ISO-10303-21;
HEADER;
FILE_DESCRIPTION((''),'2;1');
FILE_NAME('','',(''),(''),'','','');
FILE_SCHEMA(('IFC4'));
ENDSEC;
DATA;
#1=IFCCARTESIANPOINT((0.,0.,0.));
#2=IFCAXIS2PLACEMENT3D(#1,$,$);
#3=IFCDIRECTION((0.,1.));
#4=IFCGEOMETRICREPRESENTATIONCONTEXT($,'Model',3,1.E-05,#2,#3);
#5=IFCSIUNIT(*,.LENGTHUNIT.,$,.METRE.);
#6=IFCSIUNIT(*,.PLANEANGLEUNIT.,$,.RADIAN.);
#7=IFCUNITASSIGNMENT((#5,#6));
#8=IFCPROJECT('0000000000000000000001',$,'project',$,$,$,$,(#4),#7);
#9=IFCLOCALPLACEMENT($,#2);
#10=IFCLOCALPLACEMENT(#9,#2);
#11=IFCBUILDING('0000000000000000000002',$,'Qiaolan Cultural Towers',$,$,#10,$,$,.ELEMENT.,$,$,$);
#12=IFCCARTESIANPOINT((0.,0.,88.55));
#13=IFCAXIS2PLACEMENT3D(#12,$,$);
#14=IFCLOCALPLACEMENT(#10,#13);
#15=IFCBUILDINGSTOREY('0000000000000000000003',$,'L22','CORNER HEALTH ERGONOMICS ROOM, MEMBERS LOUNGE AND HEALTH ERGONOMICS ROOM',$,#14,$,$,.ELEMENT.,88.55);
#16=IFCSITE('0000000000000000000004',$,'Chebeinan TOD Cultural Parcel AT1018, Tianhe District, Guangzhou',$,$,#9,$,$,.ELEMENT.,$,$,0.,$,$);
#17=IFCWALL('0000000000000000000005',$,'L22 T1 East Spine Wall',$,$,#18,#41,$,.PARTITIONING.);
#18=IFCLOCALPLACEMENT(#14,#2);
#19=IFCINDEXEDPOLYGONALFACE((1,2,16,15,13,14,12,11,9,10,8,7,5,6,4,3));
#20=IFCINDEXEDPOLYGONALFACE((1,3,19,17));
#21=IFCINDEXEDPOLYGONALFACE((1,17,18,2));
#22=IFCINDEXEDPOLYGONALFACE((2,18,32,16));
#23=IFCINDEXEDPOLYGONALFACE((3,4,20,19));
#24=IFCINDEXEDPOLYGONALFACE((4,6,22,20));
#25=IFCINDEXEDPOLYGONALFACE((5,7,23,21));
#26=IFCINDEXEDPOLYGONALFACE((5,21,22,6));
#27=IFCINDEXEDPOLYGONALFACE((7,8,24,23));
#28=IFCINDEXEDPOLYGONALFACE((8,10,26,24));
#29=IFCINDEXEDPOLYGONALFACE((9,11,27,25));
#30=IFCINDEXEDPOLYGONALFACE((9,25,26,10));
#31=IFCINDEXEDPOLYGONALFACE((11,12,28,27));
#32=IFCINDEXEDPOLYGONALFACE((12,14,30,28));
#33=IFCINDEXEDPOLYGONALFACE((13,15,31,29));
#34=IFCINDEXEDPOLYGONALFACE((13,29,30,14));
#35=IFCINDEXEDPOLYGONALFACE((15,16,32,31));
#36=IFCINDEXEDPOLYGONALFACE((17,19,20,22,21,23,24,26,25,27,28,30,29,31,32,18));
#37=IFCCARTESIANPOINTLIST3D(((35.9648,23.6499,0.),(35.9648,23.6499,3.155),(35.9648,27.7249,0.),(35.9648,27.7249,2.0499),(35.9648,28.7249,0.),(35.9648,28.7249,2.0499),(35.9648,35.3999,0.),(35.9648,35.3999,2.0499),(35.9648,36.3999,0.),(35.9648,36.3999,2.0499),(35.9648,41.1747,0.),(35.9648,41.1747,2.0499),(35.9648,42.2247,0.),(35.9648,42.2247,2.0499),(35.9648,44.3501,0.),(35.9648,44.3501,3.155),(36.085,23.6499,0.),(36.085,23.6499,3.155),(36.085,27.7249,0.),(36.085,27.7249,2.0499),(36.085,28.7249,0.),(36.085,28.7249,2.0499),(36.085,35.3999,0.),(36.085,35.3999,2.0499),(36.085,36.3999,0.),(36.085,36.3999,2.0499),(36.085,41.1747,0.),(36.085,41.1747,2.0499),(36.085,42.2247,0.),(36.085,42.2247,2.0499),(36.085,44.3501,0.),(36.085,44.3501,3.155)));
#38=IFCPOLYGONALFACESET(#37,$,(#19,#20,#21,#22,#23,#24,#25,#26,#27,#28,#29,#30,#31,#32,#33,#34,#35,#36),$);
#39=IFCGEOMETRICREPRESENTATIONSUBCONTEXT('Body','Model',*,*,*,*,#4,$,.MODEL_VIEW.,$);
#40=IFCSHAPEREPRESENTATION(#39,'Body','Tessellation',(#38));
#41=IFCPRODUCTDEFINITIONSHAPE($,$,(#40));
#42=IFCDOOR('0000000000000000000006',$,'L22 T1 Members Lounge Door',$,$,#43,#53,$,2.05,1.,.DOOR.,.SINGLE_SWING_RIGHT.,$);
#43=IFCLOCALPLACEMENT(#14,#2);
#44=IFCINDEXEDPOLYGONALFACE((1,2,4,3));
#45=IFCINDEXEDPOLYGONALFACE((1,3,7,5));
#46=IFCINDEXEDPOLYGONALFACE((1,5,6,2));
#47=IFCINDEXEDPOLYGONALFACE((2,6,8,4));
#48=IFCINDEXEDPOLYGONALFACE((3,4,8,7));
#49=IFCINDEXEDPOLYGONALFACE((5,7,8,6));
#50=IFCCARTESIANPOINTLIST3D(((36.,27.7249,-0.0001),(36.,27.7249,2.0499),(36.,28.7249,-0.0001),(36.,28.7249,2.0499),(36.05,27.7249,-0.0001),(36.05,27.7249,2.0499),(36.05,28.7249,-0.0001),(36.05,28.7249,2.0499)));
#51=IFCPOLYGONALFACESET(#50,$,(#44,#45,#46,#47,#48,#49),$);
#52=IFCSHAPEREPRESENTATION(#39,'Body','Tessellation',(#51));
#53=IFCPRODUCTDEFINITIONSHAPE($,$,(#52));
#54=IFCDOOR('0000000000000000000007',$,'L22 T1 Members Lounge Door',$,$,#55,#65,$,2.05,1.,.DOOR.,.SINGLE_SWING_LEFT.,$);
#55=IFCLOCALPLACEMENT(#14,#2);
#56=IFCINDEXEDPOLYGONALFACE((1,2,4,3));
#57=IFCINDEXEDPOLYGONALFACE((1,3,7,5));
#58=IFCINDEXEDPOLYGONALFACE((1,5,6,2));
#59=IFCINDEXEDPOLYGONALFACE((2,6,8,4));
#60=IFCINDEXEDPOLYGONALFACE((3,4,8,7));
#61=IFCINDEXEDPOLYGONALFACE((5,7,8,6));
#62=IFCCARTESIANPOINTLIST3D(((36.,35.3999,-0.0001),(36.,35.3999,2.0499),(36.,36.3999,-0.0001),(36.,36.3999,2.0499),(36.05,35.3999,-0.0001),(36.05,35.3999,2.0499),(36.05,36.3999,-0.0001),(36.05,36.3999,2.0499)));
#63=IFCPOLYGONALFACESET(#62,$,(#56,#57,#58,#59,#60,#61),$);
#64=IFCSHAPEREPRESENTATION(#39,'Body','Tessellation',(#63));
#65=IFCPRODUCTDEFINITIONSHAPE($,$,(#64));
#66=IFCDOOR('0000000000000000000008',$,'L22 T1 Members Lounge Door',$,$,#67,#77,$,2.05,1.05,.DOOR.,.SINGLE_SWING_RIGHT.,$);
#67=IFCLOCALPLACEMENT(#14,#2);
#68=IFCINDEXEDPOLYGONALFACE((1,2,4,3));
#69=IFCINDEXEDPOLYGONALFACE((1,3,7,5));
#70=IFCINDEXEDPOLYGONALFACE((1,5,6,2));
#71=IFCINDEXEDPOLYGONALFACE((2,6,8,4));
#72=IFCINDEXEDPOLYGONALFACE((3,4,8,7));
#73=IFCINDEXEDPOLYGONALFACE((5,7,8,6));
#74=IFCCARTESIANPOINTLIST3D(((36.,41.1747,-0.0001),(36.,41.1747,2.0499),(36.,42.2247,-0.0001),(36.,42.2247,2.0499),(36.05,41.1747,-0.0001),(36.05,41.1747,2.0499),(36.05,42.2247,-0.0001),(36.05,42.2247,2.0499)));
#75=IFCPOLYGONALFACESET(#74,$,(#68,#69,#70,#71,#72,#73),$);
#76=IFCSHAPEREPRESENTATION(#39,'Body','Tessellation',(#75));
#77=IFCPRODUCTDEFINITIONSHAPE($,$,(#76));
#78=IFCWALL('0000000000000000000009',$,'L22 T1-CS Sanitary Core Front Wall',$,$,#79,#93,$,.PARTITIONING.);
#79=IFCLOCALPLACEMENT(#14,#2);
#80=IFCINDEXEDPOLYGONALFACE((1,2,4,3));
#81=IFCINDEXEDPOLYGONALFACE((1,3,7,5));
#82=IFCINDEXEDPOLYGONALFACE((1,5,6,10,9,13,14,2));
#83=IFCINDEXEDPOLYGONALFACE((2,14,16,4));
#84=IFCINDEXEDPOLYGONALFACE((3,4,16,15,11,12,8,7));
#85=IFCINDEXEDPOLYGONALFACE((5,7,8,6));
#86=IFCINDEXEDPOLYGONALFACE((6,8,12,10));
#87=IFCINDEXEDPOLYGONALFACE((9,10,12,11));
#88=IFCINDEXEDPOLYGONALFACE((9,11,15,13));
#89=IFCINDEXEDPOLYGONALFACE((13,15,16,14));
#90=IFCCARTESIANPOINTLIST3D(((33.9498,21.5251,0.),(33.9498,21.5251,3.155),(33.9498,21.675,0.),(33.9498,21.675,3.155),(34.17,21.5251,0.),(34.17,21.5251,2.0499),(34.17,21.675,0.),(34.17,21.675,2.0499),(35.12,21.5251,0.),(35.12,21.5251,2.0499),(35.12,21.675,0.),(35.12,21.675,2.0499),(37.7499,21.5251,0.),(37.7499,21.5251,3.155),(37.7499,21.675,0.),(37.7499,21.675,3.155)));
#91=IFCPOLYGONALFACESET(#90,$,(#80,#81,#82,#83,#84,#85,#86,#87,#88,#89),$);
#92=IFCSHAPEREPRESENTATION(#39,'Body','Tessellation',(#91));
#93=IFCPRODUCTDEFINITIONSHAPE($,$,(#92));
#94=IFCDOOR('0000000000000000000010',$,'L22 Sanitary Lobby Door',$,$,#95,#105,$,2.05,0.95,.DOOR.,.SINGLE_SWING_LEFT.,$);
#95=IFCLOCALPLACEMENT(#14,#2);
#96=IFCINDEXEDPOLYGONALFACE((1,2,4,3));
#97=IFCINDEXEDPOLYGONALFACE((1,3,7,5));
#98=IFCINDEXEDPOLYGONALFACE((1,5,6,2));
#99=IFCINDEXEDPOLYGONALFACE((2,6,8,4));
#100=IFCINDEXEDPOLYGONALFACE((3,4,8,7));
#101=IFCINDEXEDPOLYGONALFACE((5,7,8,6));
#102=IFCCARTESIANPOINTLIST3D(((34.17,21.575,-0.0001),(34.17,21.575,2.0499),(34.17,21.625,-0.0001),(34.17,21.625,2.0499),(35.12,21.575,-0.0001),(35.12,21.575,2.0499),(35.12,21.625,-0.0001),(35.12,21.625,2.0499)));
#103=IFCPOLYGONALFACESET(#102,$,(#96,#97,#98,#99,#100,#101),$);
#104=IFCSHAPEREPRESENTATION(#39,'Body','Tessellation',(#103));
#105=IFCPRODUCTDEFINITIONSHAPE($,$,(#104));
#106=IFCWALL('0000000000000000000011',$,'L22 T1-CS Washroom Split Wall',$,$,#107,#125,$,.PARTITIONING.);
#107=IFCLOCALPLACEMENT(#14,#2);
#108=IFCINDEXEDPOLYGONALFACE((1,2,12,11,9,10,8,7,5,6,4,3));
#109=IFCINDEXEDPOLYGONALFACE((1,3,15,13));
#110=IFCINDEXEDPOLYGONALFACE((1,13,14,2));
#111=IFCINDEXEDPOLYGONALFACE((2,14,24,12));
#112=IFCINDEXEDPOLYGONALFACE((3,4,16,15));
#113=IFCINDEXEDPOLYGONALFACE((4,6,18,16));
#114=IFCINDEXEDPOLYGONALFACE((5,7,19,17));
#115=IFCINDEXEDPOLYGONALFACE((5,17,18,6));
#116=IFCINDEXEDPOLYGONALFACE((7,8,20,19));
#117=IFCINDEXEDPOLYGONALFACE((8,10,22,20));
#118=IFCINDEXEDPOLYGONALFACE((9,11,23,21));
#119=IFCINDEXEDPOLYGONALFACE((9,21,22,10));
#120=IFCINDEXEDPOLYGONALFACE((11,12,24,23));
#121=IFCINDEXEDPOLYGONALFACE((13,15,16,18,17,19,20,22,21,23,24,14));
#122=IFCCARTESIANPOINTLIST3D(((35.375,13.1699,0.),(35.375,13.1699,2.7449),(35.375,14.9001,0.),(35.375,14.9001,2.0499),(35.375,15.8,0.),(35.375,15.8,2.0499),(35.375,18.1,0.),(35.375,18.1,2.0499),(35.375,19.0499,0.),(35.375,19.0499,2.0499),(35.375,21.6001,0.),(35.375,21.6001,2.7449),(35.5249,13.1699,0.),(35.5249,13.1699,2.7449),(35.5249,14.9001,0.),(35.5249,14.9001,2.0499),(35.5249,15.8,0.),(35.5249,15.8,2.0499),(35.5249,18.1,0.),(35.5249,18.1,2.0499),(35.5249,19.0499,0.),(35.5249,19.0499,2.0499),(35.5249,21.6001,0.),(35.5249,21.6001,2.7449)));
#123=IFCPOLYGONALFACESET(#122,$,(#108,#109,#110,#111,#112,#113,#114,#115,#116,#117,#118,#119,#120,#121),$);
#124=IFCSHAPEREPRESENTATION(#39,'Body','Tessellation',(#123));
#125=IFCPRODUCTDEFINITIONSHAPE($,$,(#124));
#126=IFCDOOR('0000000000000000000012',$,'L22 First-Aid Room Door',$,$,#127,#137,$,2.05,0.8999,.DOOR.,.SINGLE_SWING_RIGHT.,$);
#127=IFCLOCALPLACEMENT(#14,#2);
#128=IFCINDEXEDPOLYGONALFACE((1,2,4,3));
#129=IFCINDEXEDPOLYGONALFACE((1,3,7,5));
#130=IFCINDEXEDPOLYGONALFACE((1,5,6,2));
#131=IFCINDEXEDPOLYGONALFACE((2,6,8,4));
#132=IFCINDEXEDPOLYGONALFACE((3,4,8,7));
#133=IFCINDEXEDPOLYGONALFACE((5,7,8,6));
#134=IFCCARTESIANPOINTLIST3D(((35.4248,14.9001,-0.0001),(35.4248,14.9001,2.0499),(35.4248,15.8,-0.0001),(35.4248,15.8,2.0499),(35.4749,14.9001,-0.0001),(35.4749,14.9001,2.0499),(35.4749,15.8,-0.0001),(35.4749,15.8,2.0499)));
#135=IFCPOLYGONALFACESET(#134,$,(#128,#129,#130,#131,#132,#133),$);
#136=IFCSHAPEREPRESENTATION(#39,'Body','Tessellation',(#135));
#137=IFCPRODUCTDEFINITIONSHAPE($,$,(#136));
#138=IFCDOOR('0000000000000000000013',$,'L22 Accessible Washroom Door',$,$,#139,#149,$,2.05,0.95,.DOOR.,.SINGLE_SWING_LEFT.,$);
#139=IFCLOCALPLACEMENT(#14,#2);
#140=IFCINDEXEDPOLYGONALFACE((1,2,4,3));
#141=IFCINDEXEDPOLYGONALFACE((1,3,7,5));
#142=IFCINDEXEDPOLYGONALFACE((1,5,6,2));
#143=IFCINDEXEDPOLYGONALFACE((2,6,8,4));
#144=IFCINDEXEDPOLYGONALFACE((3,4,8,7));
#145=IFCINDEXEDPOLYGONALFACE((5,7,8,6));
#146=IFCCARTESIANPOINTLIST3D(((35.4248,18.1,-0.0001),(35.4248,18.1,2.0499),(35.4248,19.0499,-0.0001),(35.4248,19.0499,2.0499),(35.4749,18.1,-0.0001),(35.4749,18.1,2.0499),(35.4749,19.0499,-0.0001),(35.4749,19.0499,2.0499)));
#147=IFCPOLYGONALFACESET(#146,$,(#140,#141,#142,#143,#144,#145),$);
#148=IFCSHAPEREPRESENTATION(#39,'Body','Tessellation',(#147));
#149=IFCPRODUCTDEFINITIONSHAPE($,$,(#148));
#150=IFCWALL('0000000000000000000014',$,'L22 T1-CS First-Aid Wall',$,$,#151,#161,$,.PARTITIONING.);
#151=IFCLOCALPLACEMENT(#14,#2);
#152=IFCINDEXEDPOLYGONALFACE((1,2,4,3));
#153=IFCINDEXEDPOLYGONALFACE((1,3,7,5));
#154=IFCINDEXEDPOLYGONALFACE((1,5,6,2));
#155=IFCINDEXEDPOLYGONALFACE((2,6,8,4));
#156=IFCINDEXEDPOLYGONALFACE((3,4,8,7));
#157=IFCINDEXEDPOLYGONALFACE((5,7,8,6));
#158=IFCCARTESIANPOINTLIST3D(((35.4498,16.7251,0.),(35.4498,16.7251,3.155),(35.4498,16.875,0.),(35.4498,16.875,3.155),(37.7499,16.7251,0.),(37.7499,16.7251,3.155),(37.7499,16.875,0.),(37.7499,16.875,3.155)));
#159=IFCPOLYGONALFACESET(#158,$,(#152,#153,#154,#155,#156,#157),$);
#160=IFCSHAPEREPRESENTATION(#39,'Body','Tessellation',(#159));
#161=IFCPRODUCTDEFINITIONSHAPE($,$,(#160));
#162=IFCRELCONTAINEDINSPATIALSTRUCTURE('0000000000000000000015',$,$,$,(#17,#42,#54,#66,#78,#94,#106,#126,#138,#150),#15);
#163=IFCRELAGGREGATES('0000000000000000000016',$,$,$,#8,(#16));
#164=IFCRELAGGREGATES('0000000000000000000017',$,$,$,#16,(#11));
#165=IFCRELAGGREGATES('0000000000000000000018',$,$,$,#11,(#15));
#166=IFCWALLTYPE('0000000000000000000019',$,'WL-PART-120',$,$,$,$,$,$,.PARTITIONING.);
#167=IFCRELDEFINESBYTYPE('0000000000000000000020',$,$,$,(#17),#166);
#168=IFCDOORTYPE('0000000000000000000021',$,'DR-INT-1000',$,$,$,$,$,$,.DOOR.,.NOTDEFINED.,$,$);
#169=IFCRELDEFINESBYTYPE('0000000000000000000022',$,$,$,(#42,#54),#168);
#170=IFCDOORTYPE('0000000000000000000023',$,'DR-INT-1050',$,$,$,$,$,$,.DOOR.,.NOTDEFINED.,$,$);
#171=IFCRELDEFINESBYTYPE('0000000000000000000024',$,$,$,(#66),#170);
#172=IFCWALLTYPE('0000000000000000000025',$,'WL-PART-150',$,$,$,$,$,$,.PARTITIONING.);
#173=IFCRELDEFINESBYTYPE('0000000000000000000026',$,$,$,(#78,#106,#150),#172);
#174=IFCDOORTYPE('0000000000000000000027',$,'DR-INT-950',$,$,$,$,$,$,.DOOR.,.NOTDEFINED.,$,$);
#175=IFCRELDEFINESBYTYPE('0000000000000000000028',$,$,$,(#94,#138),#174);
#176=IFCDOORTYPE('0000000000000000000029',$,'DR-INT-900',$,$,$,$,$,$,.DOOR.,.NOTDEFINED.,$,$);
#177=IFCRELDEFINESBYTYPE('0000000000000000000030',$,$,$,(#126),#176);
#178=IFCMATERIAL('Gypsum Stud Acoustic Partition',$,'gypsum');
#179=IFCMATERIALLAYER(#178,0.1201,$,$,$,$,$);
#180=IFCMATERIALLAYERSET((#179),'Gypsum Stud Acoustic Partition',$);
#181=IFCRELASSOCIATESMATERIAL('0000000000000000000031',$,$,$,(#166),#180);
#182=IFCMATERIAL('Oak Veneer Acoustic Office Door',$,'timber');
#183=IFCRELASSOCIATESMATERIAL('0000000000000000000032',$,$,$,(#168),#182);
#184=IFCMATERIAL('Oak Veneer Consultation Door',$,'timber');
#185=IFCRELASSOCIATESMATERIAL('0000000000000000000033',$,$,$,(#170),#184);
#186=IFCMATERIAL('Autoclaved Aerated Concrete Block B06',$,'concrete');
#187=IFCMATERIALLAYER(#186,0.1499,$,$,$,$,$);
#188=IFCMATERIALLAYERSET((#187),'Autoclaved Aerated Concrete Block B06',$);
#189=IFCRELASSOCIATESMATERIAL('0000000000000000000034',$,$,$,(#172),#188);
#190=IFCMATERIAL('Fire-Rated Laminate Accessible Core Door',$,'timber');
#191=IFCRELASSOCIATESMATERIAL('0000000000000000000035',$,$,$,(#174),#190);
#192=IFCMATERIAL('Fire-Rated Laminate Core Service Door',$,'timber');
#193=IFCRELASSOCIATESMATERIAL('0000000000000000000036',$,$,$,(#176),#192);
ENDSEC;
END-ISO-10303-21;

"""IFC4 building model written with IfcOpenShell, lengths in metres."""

from ifc_helpers import new_model, si_unit, direction, frame, frame_2d, origin, place, context, subcontext, project, spatial, rectangle, extrude, material, layer, layer_set, type_object, element, fill, save


model = new_model("IFC4")

# Units and contexts
model_context = context("Model", 3, precision=1e-05, world=origin(), true_north=direction((0.0, 1.0)))
body_context = subcontext(model_context, "Body", "Model", "MODEL_VIEW")
ifc_project = project(units=[si_unit("LENGTHUNIT", "METRE"), si_unit("PLANEANGLEUNIT", "RADIAN")], contexts=[model_context])

# Site, building, storey
site_placement = place(None, origin())
site = spatial("IfcSite", under=ifc_project, at=site_placement, Name="Chebeinan TOD Cultural Parcel AT1018, Tianhe District, Guangzhou", CompositionType="ELEMENT", RefElevation=0.0)
building_placement = place(site_placement, origin())
building = spatial("IfcBuilding", under=site, at=building_placement, Name="Qiaolan Cultural Towers", CompositionType="ELEMENT")
storey_placement = place(building_placement, frame((0.0, 0.0, 88.55)))
storey = spatial("IfcBuildingStorey", under=building, at=storey_placement, Name="L22", Description="CORNER HEALTH ERGONOMICS ROOM, MEMBERS LOUNGE AND HEALTH ERGONOMICS ROOM", CompositionType="ELEMENT", Elevation=88.55)

# Shared definitions
ifc_material_1 = material(Name="Gypsum Stud Acoustic Partition", Category="gypsum")
ifc_layer_1 = layer(ifc_material_1, 0.1201)
ifc_layer_set_1 = layer_set([ifc_layer_1], Name="Gypsum Stud Acoustic Partition")
wall_type_1 = type_object("IfcWallType", Name="WL-PART-120", PredefinedType="PARTITIONING", material=ifc_layer_set_1)

# Wall, openings, doors
ifc_material_2 = material(Name="Oak Veneer Acoustic Office Door", Category="timber")
door_type_1 = type_object("IfcDoorType", Name="DR-INT-1000", OperationType="NOTDEFINED", PredefinedType="DOOR", material=ifc_material_2)
ifc_material_3 = material(Name="Oak Veneer Consultation Door", Category="timber")
door_type_2 = type_object("IfcDoorType", Name="DR-INT-1050", OperationType="NOTDEFINED", PredefinedType="DOOR", material=ifc_material_3)
wall_1_placement = place(storey_placement, frame((36.0249, 23.6499, 0.0), z_axis=(0.0, 0.0, 1.0), x_axis=(0.0, 1.0, 0.0)))
wall_1 = element("IfcWall", 1, at=wall_1_placement, inside=storey, type_object=wall_type_1, Name="L22 T1 East Spine Wall", PredefinedType="PARTITIONING", context=body_context, shape_type="SweptSolid", body=[
    extrude(rectangle(XDim=20.7002, YDim=0.1201, at=frame_2d((10.3501, 0.0))), origin(), (0.0, 0.0, 1.0), 3.155),
])
opening_1_placement = place(wall_1_placement, frame((4.075, 0.0, 0.0)))
opening_1 = element("IfcOpeningElement", 2, at=opening_1_placement, cuts=wall_1, PredefinedType="OPENING", context=body_context, shape_type="SweptSolid", body=[
    extrude(rectangle(XDim=1.0, YDim=2.05, at=frame_2d((0.5, 1.0249))), frame((0.0, 0.0701, 0.0), z_axis=(0.0, -1.0, 0.0), x_axis=(1.0, 0.0, 0.0)), (0.0, 0.0, 1.0), 0.1401),
])
opening_2_placement = place(wall_1_placement, frame((11.75, 0.0, 0.0)))
opening_2 = element("IfcOpeningElement", 3, at=opening_2_placement, cuts=wall_1, PredefinedType="OPENING", context=body_context, shape_type="SweptSolid", body=[
    extrude(rectangle(XDim=1.0, YDim=2.05, at=frame_2d((0.5, 1.0249))), frame((0.0, 0.0701, 0.0), z_axis=(0.0, -1.0, 0.0), x_axis=(1.0, 0.0, 0.0)), (0.0, 0.0, 1.0), 0.1401),
])
opening_3_placement = place(wall_1_placement, frame((17.5249, 0.0, 0.0)))
opening_3 = element("IfcOpeningElement", 4, at=opening_3_placement, cuts=wall_1, PredefinedType="OPENING", context=body_context, shape_type="SweptSolid", body=[
    extrude(rectangle(XDim=1.05, YDim=2.05, at=frame_2d((0.5249, 1.0249))), frame((0.0, 0.0701, 0.0), z_axis=(0.0, -1.0, 0.0), x_axis=(1.0, 0.0, 0.0)), (0.0, 0.0, 1.0), 0.1401),
])
door_1_placement = place(opening_1_placement, origin())
door_1 = element("IfcDoor", 5, at=door_1_placement, inside=storey, type_object=door_type_1, Name="L22 T1 Members Lounge Door", OperationType="SINGLE_SWING_RIGHT", OverallHeight=2.05, OverallWidth=1.0, PredefinedType="DOOR", context=body_context, shape_type="SweptSolid", body=[
    extrude(rectangle(XDim=1.0, YDim=2.05, at=frame_2d((0.5, 1.0249))), frame((0.0, 0.0249, 0.0), z_axis=(0.0, -1.0, 0.0), x_axis=(1.0, 0.0, 0.0)), (0.0, 0.0, 1.0), 0.05),
])
fill(opening_1, door_1)
door_2_placement = place(opening_2_placement, origin())
door_2 = element("IfcDoor", 6, at=door_2_placement, inside=storey, type_object=door_type_1, Name="L22 T1 Members Lounge Door", OperationType="SINGLE_SWING_LEFT", OverallHeight=2.05, OverallWidth=1.0, PredefinedType="DOOR", context=body_context, shape_type="SweptSolid", body=[
    extrude(rectangle(XDim=1.0, YDim=2.05, at=frame_2d((0.5, 1.0249))), frame((0.0, 0.0249, 0.0), z_axis=(0.0, -1.0, 0.0), x_axis=(1.0, 0.0, 0.0)), (0.0, 0.0, 1.0), 0.05),
])
fill(opening_2, door_2)
door_3_placement = place(opening_3_placement, origin())
door_3 = element("IfcDoor", 7, at=door_3_placement, inside=storey, type_object=door_type_2, Name="L22 T1 Members Lounge Door", OperationType="SINGLE_SWING_RIGHT", OverallHeight=2.05, OverallWidth=1.05, PredefinedType="DOOR", context=body_context, shape_type="SweptSolid", body=[
    extrude(rectangle(XDim=1.05, YDim=2.05, at=frame_2d((0.5249, 1.0249))), frame((0.0, 0.0249, 0.0), z_axis=(0.0, -1.0, 0.0), x_axis=(1.0, 0.0, 0.0)), (0.0, 0.0, 1.0), 0.05),
])
fill(opening_3, door_3)

# Wall, opening, door
ifc_material_4 = material(Name="Autoclaved Aerated Concrete Block B06", Category="concrete")
ifc_layer_2 = layer(ifc_material_4, 0.1499)
ifc_layer_set_2 = layer_set([ifc_layer_2], Name="Autoclaved Aerated Concrete Block B06")
wall_type_2 = type_object("IfcWallType", Name="WL-PART-150", PredefinedType="PARTITIONING", material=ifc_layer_set_2)
wall_2_placement = place(storey_placement, frame((33.95, 21.6001, 0.0), z_axis=(0.0, 0.0, 1.0), x_axis=(1.0, 0.0, 0.0)))
wall_2 = element("IfcWall", 8, at=wall_2_placement, inside=storey, type_object=wall_type_2, Name="L22 T1-CS Sanitary Core Front Wall", PredefinedType="PARTITIONING", context=body_context, shape_type="SweptSolid", body=[
    extrude(rectangle(XDim=3.8, YDim=0.1499, at=frame_2d((1.8999, 0.0))), origin(), (0.0, 0.0, 1.0), 3.155),
])
opening_4_placement = place(wall_2_placement, frame((0.22, 0.0, 0.0)))
opening_4 = element("IfcOpeningElement", 9, at=opening_4_placement, cuts=wall_2, PredefinedType="OPENING", context=body_context, shape_type="SweptSolid", body=[
    extrude(rectangle(XDim=0.95, YDim=2.05, at=frame_2d((0.4751, 1.0249))), frame((0.0, 0.085, 0.0), z_axis=(0.0, -1.0, 0.0), x_axis=(1.0, 0.0, 0.0)), (0.0, 0.0, 1.0), 0.1699),
])
ifc_material_5 = material(Name="Fire-Rated Laminate Accessible Core Door", Category="timber")
door_type_3 = type_object("IfcDoorType", Name="DR-INT-950", OperationType="NOTDEFINED", PredefinedType="DOOR", material=ifc_material_5)
door_4_placement = place(opening_4_placement, origin())
door_4 = element("IfcDoor", 10, at=door_4_placement, inside=storey, type_object=door_type_3, Name="L22 Sanitary Lobby Door", OperationType="SINGLE_SWING_LEFT", OverallHeight=2.05, OverallWidth=0.95, PredefinedType="DOOR", context=body_context, shape_type="SweptSolid", body=[
    extrude(rectangle(XDim=0.95, YDim=2.05, at=frame_2d((0.4751, 1.0249))), frame((0.0, 0.0249, 0.0), z_axis=(0.0, -1.0, 0.0), x_axis=(1.0, 0.0, 0.0)), (0.0, 0.0, 1.0), 0.05),
])
fill(opening_4, door_4)

# Wall, openings, doors
wall_3_placement = place(storey_placement, frame((35.45, 21.6001, 0.0), z_axis=(0.0, 0.0, 1.0), x_axis=(0.0, -1.0, 0.0)))
wall_3 = element("IfcWall", 11, at=wall_3_placement, inside=storey, type_object=wall_type_2, Name="L22 T1-CS Washroom Split Wall", PredefinedType="PARTITIONING", context=body_context, shape_type="SweptSolid", body=[
    extrude(rectangle(XDim=8.4302, YDim=0.1499, at=frame_2d((4.2151, 0.0))), origin(), (0.0, 0.0, 1.0), 2.7449),
])
opening_5_placement = place(wall_3_placement, frame((2.55, 0.0, 0.0)))
opening_5 = element("IfcOpeningElement", 12, at=opening_5_placement, cuts=wall_3, PredefinedType="OPENING", context=body_context, shape_type="SweptSolid", body=[
    extrude(rectangle(XDim=0.95, YDim=2.05, at=frame_2d((0.4751, 1.0249))), frame((0.0, 0.085, 0.0), z_axis=(0.0, -1.0, 0.0), x_axis=(1.0, 0.0, 0.0)), (0.0, 0.0, 1.0), 0.1699),
])
opening_6_placement = place(wall_3_placement, frame((5.8, 0.0, 0.0)))
opening_6 = element("IfcOpeningElement", 13, at=opening_6_placement, cuts=wall_3, PredefinedType="OPENING", context=body_context, shape_type="SweptSolid", body=[
    extrude(rectangle(XDim=0.8999, YDim=2.05, at=frame_2d((0.45, 1.0249))), frame((0.0, 0.085, 0.0), z_axis=(0.0, -1.0, 0.0), x_axis=(1.0, 0.0, 0.0)), (0.0, 0.0, 1.0), 0.1699),
])
ifc_material_6 = material(Name="Fire-Rated Laminate Core Service Door", Category="timber")
door_type_4 = type_object("IfcDoorType", Name="DR-INT-900", OperationType="NOTDEFINED", PredefinedType="DOOR", material=ifc_material_6)
door_5_placement = place(opening_6_placement, origin())
door_5 = element("IfcDoor", 14, at=door_5_placement, inside=storey, type_object=door_type_4, Name="L22 First-Aid Room Door", OperationType="SINGLE_SWING_RIGHT", OverallHeight=2.05, OverallWidth=0.8999, PredefinedType="DOOR", context=body_context, shape_type="SweptSolid", body=[
    extrude(rectangle(XDim=0.8999, YDim=2.05, at=frame_2d((0.45, 1.0249))), frame((0.0, 0.0249, 0.0), z_axis=(0.0, -1.0, 0.0), x_axis=(1.0, 0.0, 0.0)), (0.0, 0.0, 1.0), 0.05),
])
fill(opening_6, door_5)
door_6_placement = place(opening_5_placement, origin())
door_6 = element("IfcDoor", 15, at=door_6_placement, inside=storey, type_object=door_type_3, Name="L22 Accessible Washroom Door", OperationType="SINGLE_SWING_LEFT", OverallHeight=2.05, OverallWidth=0.95, PredefinedType="DOOR", context=body_context, shape_type="SweptSolid", body=[
    extrude(rectangle(XDim=0.95, YDim=2.05, at=frame_2d((0.4751, 1.0249))), frame((0.0, 0.0249, 0.0), z_axis=(0.0, -1.0, 0.0), x_axis=(1.0, 0.0, 0.0)), (0.0, 0.0, 1.0), 0.05),
])
fill(opening_5, door_6)

# Wall
wall_4_placement = place(storey_placement, frame((35.45, 16.8, 0.0), z_axis=(0.0, 0.0, 1.0), x_axis=(1.0, 0.0, 0.0)))
element("IfcWall", 16, at=wall_4_placement, inside=storey, type_object=wall_type_2, Name="L22 T1-CS First-Aid Wall", PredefinedType="PARTITIONING", context=body_context, shape_type="SweptSolid", body=[
    extrude(rectangle(XDim=2.3, YDim=0.1499, at=frame_2d((1.1499, 0.0))), origin(), (0.0, 0.0, 1.0), 3.155),
])

save(model, "model.ifc")
